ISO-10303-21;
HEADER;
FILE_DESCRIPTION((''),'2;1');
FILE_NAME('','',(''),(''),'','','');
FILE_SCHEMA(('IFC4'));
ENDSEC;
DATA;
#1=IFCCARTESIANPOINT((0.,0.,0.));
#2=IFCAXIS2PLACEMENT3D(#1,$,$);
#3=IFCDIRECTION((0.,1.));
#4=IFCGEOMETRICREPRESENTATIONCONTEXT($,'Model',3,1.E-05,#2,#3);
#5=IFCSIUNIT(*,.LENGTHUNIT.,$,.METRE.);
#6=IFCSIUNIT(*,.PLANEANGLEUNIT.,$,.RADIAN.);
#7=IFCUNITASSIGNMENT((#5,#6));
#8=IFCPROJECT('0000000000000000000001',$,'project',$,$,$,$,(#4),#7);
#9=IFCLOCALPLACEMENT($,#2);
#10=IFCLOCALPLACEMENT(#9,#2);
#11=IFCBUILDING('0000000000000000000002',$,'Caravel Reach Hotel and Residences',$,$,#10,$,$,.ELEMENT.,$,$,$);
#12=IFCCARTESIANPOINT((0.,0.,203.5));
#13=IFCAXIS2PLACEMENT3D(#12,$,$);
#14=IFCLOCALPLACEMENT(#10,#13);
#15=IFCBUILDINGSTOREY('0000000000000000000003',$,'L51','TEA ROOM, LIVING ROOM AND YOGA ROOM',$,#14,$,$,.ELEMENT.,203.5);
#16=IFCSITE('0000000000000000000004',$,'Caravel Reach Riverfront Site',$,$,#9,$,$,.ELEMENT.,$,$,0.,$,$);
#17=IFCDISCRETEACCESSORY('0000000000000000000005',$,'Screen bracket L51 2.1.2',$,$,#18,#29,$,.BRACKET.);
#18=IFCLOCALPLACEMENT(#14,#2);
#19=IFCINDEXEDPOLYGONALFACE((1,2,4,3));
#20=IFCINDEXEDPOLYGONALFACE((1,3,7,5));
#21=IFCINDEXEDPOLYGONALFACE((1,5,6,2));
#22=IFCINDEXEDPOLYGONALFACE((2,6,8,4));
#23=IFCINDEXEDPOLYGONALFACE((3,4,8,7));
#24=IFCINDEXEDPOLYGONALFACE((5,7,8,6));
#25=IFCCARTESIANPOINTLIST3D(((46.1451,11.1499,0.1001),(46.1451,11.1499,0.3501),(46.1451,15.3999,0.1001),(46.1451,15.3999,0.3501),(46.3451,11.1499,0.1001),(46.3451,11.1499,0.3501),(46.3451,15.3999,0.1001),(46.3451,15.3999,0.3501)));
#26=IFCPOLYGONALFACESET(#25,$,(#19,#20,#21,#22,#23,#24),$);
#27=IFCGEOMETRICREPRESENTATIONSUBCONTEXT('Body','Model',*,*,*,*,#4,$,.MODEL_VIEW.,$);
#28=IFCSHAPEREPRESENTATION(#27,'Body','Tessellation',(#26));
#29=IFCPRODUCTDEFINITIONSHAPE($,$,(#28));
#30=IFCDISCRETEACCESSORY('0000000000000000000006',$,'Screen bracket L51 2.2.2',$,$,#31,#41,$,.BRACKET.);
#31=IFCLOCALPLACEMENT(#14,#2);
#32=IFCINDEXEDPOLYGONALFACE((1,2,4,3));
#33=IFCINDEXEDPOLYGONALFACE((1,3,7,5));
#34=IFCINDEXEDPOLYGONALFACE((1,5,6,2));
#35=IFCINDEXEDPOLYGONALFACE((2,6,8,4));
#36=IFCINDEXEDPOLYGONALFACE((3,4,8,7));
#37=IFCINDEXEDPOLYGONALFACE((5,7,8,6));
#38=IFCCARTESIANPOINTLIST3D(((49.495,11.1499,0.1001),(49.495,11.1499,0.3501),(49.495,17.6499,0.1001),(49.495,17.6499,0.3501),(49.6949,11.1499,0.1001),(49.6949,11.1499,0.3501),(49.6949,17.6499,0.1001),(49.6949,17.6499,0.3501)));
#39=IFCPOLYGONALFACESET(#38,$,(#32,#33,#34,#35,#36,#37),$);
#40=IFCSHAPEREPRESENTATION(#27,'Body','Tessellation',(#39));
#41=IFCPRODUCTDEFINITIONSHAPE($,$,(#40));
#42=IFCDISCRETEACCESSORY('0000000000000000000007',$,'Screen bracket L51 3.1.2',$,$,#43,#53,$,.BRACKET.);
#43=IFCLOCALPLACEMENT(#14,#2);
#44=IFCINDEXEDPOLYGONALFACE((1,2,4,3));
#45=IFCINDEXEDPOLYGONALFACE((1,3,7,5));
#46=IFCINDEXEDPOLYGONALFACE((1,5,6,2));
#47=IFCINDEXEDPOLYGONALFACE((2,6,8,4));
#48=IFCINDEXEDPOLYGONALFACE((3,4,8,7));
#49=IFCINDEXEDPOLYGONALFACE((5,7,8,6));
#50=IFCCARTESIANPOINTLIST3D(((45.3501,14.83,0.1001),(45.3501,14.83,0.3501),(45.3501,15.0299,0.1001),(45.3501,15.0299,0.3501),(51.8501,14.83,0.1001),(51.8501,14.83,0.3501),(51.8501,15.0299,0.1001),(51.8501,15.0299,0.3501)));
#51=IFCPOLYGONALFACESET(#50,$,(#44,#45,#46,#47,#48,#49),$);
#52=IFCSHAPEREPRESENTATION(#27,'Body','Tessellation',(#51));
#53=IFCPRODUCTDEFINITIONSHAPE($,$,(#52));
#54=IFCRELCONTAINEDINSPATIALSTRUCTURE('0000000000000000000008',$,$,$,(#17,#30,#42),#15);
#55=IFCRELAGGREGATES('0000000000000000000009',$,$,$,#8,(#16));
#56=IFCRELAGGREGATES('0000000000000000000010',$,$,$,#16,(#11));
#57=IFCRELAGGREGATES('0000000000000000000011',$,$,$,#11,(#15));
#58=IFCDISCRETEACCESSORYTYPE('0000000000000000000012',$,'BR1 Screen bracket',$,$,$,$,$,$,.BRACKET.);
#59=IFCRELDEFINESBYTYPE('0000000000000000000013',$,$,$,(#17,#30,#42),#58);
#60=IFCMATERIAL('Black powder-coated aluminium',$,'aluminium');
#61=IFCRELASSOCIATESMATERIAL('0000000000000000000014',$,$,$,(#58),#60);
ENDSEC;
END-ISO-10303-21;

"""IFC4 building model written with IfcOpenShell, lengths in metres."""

from ifc_helpers import new_model, si_unit, direction, frame, origin, origin_2d, place, context, subcontext, project, spatial, rectangle, extrude, material, type_object, element, save


model = new_model("IFC4")

# Units and contexts
model_context = context("Model", 3, precision=1e-05, world=origin(), true_north=direction((0.0, 1.0)))
body_context = subcontext(model_context, "Body", "Model", "MODEL_VIEW")
ifc_project = project(units=[si_unit("LENGTHUNIT", "METRE"), si_unit("PLANEANGLEUNIT", "RADIAN")], contexts=[model_context])

# Site, building, storey
site_placement = place(None, origin())
site = spatial("IfcSite", under=ifc_project, at=site_placement, Name="Caravel Reach Riverfront Site", CompositionType="ELEMENT", RefElevation=0.0)
building_placement = place(site_placement, origin())
building = spatial("IfcBuilding", under=site, at=building_placement, Name="Caravel Reach Hotel and Residences", CompositionType="ELEMENT")
storey_placement = place(building_placement, frame((0.0, 0.0, 203.5)))
storey = spatial("IfcBuildingStorey", under=building, at=storey_placement, Name="L51", Description="TEA ROOM, LIVING ROOM AND YOGA ROOM", CompositionType="ELEMENT", Elevation=203.5)

# Discrete accessories
ifc_material_1 = material(Name="Black powder-coated aluminium", Category="aluminium")
discrete_accessory_type = type_object("IfcDiscreteAccessoryType", Name="BR1 Screen bracket", PredefinedType="BRACKET", material=ifc_material_1)
discrete_accessory_1_placement = place(storey_placement, frame((46.2451, 13.2749, 0.1001), z_axis=(0.0, 0.0, 1.0), x_axis=(0.0, -1.0, 0.0)))
element("IfcDiscreteAccessory", 1, at=discrete_accessory_1_placement, inside=storey, type_object=discrete_accessory_type, Name="Screen bracket L51 2.1.2", PredefinedType="BRACKET", context=body_context, shape_type="SweptSolid", body=[
    extrude(rectangle(XDim=4.25, YDim=0.2, at=origin_2d()), origin(), (0.0, 0.0, 1.0), 0.25),
])
for number, where, z_axis, x_axis, name in (
    (2, (49.595, 14.3999, 0.1001), (0.0, 0.0, 1.0), (0.0, -1.0, 0.0), "Screen bracket L51 2.2.2"),
    (3, (48.6001, 14.9299, 0.1001), (0.0, 0.0, 1.0), (1.0, 0.0, 0.0), "Screen bracket L51 3.1.2"),
):
    element("IfcDiscreteAccessory", number, at=place(storey_placement, frame(where, z_axis=z_axis, x_axis=x_axis)), inside=storey, type_object=discrete_accessory_type, Name=name, PredefinedType="BRACKET", context=body_context, shape_type="SweptSolid", body=[
        extrude(rectangle(XDim=6.5, YDim=0.2, at=origin_2d()), origin(), (0.0, 0.0, 1.0), 0.25),
    ])

save(model, "model.ifc")
